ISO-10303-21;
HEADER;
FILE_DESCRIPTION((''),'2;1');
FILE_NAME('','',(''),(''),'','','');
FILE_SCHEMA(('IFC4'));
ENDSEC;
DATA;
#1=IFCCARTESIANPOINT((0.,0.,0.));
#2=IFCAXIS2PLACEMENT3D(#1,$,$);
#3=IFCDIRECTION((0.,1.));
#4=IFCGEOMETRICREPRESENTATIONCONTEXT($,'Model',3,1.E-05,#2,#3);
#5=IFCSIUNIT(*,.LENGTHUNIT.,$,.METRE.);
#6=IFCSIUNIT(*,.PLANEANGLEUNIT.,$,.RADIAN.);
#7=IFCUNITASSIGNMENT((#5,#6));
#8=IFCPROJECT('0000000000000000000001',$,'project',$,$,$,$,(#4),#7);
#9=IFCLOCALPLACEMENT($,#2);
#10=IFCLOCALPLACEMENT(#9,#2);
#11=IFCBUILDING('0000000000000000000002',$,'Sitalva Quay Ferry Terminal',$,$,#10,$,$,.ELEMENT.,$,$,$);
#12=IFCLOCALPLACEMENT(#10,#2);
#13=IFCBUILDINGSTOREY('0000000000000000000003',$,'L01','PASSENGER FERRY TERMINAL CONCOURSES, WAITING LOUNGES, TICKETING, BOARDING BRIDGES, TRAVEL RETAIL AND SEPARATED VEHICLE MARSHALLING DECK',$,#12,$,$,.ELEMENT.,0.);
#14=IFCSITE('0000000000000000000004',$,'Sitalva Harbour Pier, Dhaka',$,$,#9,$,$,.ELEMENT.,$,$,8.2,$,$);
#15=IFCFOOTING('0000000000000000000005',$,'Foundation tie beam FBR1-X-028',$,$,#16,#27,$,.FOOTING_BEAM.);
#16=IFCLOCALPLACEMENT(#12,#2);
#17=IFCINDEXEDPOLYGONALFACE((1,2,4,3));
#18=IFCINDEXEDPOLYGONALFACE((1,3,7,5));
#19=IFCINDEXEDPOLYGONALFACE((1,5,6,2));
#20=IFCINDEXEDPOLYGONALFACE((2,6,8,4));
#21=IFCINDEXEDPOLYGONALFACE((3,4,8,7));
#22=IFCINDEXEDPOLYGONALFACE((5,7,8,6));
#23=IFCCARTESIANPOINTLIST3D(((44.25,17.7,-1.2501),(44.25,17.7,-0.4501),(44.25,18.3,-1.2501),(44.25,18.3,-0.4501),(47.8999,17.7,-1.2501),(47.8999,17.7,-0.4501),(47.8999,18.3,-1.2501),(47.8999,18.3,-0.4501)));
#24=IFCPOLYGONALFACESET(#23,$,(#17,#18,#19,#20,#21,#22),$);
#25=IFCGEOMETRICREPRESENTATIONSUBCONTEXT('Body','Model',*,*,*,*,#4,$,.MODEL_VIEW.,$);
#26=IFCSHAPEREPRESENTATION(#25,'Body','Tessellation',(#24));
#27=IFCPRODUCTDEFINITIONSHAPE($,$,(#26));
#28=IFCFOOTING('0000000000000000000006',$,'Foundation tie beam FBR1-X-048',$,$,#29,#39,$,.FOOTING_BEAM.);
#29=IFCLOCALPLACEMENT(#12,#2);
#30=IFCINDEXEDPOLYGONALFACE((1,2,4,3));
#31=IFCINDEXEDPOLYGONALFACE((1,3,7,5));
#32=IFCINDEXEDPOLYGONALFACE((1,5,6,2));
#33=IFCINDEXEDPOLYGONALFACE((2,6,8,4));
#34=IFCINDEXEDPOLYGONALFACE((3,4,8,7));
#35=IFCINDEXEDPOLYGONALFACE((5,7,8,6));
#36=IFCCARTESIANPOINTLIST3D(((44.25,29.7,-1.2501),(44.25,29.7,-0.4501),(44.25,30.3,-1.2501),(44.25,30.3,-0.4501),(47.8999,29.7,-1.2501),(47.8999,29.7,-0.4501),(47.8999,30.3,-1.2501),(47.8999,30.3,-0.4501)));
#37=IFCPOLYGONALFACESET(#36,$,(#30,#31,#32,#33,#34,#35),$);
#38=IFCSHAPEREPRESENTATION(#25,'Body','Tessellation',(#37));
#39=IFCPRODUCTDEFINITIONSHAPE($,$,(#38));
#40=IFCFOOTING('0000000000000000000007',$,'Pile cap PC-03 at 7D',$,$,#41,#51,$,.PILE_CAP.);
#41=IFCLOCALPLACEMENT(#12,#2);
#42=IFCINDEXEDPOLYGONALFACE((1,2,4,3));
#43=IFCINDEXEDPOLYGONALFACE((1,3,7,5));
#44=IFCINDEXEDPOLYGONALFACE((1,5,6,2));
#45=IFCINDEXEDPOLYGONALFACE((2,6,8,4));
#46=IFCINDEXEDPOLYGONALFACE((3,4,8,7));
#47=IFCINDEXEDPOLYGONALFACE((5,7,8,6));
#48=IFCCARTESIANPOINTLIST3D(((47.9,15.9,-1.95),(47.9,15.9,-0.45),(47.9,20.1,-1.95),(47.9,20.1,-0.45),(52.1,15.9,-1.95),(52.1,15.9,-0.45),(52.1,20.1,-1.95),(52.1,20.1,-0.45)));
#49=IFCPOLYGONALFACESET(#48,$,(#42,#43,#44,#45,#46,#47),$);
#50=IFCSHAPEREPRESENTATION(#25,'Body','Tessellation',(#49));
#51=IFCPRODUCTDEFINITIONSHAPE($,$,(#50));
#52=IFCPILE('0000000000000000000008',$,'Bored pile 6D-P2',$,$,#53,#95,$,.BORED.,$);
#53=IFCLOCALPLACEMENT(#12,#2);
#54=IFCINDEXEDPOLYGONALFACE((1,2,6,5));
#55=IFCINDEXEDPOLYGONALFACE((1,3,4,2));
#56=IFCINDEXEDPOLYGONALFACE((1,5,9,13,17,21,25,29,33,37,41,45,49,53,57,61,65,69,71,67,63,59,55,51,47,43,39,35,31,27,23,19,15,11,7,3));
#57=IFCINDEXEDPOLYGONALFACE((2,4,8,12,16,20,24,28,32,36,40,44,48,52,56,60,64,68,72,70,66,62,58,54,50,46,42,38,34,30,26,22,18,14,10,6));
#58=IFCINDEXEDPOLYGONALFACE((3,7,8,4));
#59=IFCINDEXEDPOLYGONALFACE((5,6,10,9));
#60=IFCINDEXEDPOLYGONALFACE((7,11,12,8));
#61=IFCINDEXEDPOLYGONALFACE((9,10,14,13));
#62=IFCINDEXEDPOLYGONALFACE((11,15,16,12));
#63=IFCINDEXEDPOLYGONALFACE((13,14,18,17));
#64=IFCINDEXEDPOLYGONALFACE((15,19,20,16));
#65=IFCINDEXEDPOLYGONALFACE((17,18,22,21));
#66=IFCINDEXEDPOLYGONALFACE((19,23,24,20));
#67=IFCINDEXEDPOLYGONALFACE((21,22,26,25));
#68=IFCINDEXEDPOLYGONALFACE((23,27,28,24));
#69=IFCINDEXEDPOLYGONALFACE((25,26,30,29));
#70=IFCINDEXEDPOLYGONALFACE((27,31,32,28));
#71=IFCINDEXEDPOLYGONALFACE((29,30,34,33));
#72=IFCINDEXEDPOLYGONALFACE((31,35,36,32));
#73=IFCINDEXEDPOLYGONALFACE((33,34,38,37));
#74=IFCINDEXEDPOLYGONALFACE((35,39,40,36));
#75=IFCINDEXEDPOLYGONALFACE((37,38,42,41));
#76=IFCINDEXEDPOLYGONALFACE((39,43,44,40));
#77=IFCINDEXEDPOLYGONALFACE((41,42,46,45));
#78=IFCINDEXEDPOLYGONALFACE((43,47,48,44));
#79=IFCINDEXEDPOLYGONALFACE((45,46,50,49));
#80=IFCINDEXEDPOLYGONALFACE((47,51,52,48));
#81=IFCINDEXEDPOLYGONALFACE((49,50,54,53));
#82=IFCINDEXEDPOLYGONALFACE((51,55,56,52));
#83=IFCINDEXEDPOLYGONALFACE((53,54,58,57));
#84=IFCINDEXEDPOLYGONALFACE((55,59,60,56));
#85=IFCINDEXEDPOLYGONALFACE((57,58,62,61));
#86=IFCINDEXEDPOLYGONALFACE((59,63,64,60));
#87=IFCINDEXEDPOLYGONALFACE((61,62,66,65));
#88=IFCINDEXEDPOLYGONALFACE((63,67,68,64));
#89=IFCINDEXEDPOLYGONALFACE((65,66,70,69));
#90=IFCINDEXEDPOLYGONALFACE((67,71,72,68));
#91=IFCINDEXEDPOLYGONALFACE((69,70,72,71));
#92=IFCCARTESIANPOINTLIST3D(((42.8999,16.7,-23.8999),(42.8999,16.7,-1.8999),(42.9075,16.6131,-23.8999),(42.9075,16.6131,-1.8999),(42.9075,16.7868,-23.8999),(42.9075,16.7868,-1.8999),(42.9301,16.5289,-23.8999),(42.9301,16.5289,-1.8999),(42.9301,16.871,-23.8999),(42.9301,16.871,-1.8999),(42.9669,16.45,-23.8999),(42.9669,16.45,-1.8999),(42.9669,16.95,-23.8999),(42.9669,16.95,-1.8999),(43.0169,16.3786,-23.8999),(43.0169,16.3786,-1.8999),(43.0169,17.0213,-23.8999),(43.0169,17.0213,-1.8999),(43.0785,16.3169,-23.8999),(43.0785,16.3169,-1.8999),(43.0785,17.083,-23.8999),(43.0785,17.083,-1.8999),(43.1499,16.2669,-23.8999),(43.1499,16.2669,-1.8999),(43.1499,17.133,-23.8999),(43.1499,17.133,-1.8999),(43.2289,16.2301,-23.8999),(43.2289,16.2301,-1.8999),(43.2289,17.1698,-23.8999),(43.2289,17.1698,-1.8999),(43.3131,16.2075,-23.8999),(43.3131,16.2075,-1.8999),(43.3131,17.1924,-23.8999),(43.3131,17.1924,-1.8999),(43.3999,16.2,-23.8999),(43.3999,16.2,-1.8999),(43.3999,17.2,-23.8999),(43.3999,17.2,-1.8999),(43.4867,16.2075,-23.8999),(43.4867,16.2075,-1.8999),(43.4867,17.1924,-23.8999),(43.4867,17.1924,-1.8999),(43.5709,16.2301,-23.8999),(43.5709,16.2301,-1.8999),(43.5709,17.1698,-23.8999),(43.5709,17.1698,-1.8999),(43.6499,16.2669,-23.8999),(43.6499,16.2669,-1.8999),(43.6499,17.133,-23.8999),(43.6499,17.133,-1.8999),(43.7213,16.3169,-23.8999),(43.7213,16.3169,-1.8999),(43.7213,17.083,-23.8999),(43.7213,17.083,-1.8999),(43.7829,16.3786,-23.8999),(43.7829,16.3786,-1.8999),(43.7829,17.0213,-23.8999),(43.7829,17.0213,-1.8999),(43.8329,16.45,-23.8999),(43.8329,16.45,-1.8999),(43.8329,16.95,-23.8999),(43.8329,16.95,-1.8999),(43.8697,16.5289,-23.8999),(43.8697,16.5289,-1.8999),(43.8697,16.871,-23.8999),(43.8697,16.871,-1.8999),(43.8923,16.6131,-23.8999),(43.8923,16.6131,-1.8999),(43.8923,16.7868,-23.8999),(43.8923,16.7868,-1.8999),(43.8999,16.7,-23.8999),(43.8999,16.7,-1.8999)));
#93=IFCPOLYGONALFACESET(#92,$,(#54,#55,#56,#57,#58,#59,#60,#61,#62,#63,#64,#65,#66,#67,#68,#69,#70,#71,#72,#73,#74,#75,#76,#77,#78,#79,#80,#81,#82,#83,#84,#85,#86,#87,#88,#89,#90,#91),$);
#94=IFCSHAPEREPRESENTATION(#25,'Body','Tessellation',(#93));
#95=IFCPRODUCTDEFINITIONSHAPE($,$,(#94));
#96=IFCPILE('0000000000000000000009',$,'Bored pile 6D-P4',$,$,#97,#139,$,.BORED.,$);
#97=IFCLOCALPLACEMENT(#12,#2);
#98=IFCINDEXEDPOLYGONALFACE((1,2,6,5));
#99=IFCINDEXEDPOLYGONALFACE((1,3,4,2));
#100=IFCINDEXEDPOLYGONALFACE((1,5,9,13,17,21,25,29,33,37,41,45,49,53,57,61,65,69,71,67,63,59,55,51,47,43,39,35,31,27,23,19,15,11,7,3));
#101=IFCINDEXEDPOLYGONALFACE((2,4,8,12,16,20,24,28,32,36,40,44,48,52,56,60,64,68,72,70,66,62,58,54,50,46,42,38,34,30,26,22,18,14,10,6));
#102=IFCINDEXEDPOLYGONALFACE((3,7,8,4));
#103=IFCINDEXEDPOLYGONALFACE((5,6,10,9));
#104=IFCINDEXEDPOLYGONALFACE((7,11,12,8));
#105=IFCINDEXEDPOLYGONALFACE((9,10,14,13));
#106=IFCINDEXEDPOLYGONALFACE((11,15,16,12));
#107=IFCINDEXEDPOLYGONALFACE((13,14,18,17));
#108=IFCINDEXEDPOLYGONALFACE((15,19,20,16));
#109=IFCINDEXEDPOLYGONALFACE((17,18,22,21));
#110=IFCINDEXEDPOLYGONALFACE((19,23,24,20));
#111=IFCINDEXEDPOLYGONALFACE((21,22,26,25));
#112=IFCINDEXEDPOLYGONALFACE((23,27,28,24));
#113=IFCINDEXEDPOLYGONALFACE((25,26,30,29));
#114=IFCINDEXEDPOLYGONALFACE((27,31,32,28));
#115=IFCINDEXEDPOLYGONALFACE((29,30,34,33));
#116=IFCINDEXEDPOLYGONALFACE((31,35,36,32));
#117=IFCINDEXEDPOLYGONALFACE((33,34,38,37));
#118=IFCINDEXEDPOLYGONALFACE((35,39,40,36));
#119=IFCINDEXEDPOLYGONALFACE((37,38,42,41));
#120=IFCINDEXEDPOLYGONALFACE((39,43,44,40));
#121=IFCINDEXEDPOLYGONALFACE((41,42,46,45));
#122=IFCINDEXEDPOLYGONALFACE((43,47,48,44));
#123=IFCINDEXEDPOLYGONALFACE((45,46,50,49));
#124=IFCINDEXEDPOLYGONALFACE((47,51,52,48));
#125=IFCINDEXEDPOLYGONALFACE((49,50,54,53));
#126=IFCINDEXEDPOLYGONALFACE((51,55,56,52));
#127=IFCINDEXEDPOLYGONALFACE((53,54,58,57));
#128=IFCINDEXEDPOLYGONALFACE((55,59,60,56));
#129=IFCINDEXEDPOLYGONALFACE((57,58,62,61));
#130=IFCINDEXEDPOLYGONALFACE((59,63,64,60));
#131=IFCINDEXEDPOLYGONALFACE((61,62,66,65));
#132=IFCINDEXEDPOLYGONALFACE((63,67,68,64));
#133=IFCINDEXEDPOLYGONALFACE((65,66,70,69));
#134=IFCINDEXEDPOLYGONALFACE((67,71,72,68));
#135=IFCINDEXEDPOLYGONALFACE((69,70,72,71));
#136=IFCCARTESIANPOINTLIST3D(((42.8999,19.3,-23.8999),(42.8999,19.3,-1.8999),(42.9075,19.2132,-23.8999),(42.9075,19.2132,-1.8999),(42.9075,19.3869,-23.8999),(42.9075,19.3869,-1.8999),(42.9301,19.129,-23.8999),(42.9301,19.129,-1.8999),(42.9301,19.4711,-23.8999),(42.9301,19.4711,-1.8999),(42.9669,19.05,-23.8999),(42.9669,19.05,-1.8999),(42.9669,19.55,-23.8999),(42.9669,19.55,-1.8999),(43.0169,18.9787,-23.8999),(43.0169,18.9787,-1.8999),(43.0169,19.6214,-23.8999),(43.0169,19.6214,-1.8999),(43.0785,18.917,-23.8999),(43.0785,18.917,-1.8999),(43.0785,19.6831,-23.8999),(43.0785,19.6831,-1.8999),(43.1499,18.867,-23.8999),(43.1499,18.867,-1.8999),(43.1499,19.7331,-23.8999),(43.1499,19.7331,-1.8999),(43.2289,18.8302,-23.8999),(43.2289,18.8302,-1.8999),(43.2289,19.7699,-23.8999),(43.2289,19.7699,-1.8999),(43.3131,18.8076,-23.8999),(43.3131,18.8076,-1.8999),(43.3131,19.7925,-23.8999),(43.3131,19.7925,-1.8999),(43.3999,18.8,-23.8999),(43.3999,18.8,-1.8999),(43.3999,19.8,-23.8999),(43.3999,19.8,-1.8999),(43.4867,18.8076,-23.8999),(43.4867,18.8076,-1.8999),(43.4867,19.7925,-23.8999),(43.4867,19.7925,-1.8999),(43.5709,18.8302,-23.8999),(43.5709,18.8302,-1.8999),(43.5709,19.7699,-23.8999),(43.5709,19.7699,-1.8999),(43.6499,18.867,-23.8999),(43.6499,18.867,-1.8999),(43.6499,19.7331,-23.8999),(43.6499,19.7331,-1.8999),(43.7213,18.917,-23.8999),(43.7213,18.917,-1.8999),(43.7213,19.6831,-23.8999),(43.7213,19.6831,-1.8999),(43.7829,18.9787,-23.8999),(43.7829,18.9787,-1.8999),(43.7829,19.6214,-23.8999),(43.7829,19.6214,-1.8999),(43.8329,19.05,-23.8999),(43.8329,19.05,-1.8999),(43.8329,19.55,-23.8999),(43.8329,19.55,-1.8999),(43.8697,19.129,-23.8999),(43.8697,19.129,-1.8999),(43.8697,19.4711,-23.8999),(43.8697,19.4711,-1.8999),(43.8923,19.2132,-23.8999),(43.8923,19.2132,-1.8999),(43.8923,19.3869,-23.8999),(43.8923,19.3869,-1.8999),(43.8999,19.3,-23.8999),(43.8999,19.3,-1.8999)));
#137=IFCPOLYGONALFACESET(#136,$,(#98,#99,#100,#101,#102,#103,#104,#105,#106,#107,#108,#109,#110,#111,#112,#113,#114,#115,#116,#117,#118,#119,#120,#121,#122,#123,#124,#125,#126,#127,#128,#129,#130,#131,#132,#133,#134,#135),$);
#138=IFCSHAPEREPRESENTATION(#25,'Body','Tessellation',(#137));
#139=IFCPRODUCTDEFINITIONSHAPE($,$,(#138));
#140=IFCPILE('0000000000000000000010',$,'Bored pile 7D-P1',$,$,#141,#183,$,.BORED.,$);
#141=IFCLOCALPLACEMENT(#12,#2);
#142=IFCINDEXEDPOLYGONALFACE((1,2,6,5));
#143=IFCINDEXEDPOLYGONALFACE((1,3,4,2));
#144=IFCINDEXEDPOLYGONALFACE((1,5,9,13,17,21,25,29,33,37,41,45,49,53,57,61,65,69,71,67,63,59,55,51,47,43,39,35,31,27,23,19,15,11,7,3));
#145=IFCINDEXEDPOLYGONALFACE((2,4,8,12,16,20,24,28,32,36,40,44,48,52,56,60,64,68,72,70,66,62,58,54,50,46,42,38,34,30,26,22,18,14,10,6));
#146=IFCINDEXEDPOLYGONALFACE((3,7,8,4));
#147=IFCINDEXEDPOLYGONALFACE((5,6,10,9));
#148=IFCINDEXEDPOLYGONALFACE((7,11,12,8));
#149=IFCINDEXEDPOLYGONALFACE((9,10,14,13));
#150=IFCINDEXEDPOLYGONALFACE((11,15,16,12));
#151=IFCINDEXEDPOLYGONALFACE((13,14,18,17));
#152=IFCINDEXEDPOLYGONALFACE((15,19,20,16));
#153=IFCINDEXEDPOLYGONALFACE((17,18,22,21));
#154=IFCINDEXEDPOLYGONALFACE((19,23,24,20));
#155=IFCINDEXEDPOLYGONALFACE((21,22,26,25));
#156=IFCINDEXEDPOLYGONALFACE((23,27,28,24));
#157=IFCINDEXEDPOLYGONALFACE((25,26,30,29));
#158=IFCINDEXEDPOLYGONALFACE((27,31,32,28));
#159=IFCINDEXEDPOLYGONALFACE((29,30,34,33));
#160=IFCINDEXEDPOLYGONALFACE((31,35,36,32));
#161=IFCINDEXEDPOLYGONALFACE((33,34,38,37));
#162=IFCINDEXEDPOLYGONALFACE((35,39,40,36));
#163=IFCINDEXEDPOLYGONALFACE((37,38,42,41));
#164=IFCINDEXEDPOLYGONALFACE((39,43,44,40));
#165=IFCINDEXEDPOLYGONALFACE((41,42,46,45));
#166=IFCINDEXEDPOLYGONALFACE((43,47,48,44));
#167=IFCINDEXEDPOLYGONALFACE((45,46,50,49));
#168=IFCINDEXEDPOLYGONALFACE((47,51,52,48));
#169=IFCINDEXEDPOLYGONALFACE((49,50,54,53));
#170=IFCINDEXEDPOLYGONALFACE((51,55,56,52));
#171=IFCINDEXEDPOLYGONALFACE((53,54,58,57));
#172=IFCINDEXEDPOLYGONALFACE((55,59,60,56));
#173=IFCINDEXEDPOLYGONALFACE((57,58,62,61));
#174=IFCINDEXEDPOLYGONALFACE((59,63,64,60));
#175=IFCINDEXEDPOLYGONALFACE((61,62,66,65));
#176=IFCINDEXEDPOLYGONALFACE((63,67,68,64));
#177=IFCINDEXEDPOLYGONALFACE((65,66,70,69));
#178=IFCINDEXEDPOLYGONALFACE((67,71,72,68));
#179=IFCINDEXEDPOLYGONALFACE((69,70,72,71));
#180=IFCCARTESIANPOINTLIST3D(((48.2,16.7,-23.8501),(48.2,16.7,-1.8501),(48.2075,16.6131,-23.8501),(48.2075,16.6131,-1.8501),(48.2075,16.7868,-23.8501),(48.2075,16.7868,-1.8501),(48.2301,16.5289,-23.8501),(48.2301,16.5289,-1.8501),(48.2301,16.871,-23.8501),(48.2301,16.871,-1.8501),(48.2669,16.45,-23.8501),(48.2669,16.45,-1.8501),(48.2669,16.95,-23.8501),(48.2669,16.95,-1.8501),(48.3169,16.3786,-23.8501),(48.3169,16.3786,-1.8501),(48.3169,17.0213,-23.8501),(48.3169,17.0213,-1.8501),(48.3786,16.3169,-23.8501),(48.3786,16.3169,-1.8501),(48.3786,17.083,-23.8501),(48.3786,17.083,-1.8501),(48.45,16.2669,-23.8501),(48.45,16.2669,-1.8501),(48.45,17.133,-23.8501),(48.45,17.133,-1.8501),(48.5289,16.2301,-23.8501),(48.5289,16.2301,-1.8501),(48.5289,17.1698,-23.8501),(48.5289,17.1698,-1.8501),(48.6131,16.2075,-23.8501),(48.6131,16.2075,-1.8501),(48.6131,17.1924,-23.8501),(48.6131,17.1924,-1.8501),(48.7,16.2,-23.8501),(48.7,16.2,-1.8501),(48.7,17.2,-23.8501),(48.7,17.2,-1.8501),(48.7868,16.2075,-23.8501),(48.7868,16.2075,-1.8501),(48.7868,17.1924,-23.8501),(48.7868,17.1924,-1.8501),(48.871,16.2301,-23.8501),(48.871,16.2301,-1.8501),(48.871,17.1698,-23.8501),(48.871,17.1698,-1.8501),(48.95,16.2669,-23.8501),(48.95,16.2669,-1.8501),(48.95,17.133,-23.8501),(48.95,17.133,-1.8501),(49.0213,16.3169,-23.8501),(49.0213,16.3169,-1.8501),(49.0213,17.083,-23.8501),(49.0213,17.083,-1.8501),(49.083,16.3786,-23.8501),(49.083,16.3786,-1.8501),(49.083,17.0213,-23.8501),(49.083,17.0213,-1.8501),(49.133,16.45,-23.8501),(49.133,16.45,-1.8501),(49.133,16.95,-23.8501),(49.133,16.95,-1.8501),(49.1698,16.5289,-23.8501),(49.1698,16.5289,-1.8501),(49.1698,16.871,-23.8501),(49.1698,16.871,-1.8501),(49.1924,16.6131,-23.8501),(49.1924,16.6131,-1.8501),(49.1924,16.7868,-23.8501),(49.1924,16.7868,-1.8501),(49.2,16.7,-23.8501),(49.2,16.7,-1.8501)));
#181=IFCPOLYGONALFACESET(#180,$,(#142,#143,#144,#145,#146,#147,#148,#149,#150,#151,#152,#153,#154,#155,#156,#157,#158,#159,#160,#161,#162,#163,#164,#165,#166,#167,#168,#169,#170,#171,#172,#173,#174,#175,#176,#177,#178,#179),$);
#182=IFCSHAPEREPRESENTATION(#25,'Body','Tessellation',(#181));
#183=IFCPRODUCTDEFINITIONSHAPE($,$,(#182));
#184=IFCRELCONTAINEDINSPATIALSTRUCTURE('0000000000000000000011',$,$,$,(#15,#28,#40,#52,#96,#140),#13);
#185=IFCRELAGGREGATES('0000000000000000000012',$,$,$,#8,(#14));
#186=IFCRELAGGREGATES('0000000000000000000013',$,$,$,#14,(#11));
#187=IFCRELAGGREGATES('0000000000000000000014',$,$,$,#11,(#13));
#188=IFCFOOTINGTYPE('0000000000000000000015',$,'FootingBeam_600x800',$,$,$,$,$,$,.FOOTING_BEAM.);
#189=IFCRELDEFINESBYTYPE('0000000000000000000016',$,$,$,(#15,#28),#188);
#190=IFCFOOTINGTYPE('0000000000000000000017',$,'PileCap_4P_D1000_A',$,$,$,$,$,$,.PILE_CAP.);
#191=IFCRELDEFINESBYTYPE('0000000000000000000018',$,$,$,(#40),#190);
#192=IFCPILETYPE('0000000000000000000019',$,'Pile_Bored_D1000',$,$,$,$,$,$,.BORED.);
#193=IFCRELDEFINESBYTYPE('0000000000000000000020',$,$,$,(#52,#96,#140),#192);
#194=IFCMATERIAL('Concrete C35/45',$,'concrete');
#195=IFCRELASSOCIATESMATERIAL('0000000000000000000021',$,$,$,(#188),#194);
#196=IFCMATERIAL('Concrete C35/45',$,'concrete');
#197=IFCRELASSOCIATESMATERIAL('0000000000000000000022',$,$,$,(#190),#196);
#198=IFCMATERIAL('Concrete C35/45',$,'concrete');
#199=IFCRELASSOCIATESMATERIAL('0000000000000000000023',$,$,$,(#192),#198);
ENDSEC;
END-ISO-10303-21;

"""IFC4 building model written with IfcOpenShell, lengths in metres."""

from ifc_helpers import new_model, si_unit, direction, frame, origin, origin_2d, place, context, subcontext, project, spatial, rectangle, circle, extrude, material, material_profile, profile_set, type_object, element, save


model = new_model("IFC4")

# Units and contexts
model_context = context("Model", 3, precision=1e-05, world=origin(), true_north=direction((0.0, 1.0)))
body_context = subcontext(model_context, "Body", "Model", "MODEL_VIEW")
ifc_project = project(units=[si_unit("LENGTHUNIT", "METRE"), si_unit("PLANEANGLEUNIT", "RADIAN")], contexts=[model_context])

# Site, building, storey
site_placement = place(None, origin())
site = spatial("IfcSite", under=ifc_project, at=site_placement, Name="Sitalva Harbour Pier, Dhaka", CompositionType="ELEMENT", RefElevation=8.2)
building_placement = place(site_placement, origin())
building = spatial("IfcBuilding", under=site, at=building_placement, Name="Sitalva Quay Ferry Terminal", CompositionType="ELEMENT")
storey_placement = place(building_placement, origin())
storey = spatial("IfcBuildingStorey", under=building, at=storey_placement, Name="L01", Description="PASSENGER FERRY TERMINAL CONCOURSES, WAITING LOUNGES, TICKETING, BOARDING BRIDGES, TRAVEL RETAIL AND SEPARATED VEHICLE MARSHALLING DECK", CompositionType="ELEMENT", Elevation=0.0)

# Footings
ifc_material_1 = material(Name="Concrete C35/45", Category="concrete")
ifc_material_profile_1 = material_profile(ifc_material_1, rectangle(XDim=0.6001, YDim=0.8, at=origin_2d()), Name="RC600x800")
ifc_profile_set_1 = profile_set([ifc_material_profile_1], Name="Concrete C35/45")
footing_type_1 = type_object("IfcFootingType", Name="FootingBeam_600x800", PredefinedType="FOOTING_BEAM", material=ifc_profile_set_1)
for number, where, z_axis, x_axis, name in (
    (1, (44.25, 18.0, -0.8501), (1.0, 0.0, 0.0), (0.0, 1.0, 0.0), "Foundation tie beam FBR1-X-028"),
    (2, (44.25, 30.0, -0.8501), (1.0, 0.0, 0.0), (0.0, 1.0, 0.0), "Foundation tie beam FBR1-X-048"),
):
    element("IfcFooting", number, at=place(storey_placement, frame(where, z_axis=z_axis, x_axis=x_axis)), inside=storey, type_object=footing_type_1, Name=name, PredefinedType="FOOTING_BEAM", context=body_context, shape_type="SweptSolid", body=[
        extrude(rectangle(XDim=0.6001, YDim=0.8, at=origin_2d()), origin(), (0.0, 0.0, 1.0), 3.6499),
    ])
ifc_material_2 = material(Name="Concrete C35/45", Category="concrete")
footing_type_2 = type_object("IfcFootingType", Name="PileCap_4P_D1000_A", PredefinedType="PILE_CAP", material=ifc_material_2)
footing_placement = place(storey_placement, frame((50.0, 18.0, -1.95), z_axis=(0.0, 0.0, 1.0), x_axis=(1.0, 0.0, 0.0)))
element("IfcFooting", 3, at=footing_placement, inside=storey, type_object=footing_type_2, Name="Pile cap PC-03 at 7D", PredefinedType="PILE_CAP", context=body_context, shape_type="SweptSolid", body=[
    extrude(rectangle(XDim=4.2, YDim=4.2, at=origin_2d()), origin(), (0.0, 0.0, 1.0), 1.5),
])

# Piles
ifc_material_3 = material(Name="Concrete C35/45", Category="concrete")
ifc_material_profile_2 = material_profile(ifc_material_3, circle(Radius=0.5, at=origin_2d()), Name="PILE-D1000")
ifc_profile_set_2 = profile_set([ifc_material_profile_2], Name="Concrete C35/45")
pile_type = type_object("IfcPileType", Name="Pile_Bored_D1000", PredefinedType="BORED", material=ifc_profile_set_2)
for number, where, z_axis, x_axis, name in (
    (4, (43.3999, 16.7, -1.8999), (0.0, 0.0, -1.0), (1.0, 0.0, 0.0), "Bored pile 6D-P2"),
    (5, (43.3999, 19.3, -1.8999), (0.0, 0.0, -1.0), (1.0, 0.0, 0.0), "Bored pile 6D-P4"),
    (6, (48.7, 16.7, -1.8501), (0.0, 0.0, -1.0), (1.0, 0.0, 0.0), "Bored pile 7D-P1"),
):
    element("IfcPile", number, at=place(storey_placement, frame(where, z_axis=z_axis, x_axis=x_axis)), inside=storey, type_object=pile_type, Name=name, PredefinedType="BORED", context=body_context, shape_type="SweptSolid", body=[
        extrude(circle(Radius=0.5, at=origin_2d()), origin(), (0.0, 0.0, 1.0), 22.0),
    ])

save(model, "model.ifc")
